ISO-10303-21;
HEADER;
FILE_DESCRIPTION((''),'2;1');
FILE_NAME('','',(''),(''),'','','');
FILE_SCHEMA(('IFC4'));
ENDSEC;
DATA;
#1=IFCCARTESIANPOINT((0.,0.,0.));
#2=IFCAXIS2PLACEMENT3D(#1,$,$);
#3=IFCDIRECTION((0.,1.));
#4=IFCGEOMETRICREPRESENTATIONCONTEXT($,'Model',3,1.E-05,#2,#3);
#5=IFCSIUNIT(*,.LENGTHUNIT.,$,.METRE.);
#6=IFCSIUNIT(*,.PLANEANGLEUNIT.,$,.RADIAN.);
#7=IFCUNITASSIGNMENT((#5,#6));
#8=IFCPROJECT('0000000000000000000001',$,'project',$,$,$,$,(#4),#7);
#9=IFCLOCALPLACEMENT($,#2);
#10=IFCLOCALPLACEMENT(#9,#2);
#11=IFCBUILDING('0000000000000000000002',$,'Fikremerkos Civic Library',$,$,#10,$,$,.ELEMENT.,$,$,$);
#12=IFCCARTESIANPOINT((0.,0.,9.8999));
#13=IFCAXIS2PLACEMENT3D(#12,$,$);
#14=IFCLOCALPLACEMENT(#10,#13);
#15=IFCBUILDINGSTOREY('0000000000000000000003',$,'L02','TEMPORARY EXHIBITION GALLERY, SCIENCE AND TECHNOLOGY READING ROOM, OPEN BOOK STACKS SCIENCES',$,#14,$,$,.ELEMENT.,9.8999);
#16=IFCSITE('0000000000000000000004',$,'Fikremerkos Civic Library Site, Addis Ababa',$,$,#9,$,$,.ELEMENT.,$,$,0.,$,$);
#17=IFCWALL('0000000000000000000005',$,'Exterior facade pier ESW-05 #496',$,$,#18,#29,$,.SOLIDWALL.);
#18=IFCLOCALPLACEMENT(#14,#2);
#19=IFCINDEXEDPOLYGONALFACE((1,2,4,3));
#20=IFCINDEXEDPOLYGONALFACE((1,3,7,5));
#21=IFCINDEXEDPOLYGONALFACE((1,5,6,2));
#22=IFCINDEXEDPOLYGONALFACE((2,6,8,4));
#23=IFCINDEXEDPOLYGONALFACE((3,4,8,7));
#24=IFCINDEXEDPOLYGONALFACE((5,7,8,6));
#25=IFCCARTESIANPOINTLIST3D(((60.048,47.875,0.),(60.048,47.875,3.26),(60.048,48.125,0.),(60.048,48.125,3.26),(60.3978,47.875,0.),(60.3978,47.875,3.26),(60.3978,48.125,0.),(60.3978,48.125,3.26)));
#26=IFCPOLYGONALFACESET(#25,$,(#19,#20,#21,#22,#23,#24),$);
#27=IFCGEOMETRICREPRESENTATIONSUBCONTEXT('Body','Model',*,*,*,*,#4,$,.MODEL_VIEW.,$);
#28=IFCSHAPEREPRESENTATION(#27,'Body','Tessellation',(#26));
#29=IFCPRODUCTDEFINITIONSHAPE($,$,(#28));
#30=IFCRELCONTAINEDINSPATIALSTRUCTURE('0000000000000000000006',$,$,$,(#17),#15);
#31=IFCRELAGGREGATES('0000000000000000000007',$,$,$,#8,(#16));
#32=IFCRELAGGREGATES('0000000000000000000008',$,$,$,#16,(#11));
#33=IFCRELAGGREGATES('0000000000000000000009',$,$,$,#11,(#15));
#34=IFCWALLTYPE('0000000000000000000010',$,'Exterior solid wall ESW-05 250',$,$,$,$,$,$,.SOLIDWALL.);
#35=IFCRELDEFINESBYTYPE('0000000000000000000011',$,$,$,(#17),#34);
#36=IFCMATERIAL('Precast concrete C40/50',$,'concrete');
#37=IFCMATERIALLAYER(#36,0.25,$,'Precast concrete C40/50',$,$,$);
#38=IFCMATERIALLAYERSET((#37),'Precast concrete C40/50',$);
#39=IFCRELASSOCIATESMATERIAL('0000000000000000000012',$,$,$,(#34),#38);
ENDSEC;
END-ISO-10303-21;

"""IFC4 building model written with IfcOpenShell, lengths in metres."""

from ifc_helpers import new_model, si_unit, direction, frame, frame_2d, origin, place, context, subcontext, project, spatial, rectangle, extrude, material, layer, layer_set, type_object, element, save


model = new_model("IFC4")

# Units and contexts
model_context = context("Model", 3, precision=1e-05, world=origin(), true_north=direction((0.0, 1.0)))
body_context = subcontext(model_context, "Body", "Model", "MODEL_VIEW")
ifc_project = project(units=[si_unit("LENGTHUNIT", "METRE"), si_unit("PLANEANGLEUNIT", "RADIAN")], contexts=[model_context])

# Site, building, storey
site_placement = place(None, origin())
site = spatial("IfcSite", under=ifc_project, at=site_placement, Name="Fikremerkos Civic Library Site, Addis Ababa", CompositionType="ELEMENT", RefElevation=0.0)
building_placement = place(site_placement, origin())
building = spatial("IfcBuilding", under=site, at=building_placement, Name="Fikremerkos Civic Library", CompositionType="ELEMENT")
storey_placement = place(building_placement, frame((0.0, 0.0, 9.8999)))
storey = spatial("IfcBuildingStorey", under=building, at=storey_placement, Name="L02", Description="TEMPORARY EXHIBITION GALLERY, SCIENCE AND TECHNOLOGY READING ROOM, OPEN BOOK STACKS SCIENCES", CompositionType="ELEMENT", Elevation=9.8999)

# Wall
ifc_material_1 = material(Name="Precast concrete C40/50", Category="concrete")
ifc_layer_1 = layer(ifc_material_1, 0.25, Name="Precast concrete C40/50")
ifc_layer_set_1 = layer_set([ifc_layer_1], Name="Precast concrete C40/50")
wall_type = type_object("IfcWallType", Name="Exterior solid wall ESW-05 250", PredefinedType="SOLIDWALL", material=ifc_layer_set_1)
wall_placement = place(storey_placement, frame((60.0481, 48.0, 0.0), z_axis=(0.0, 0.0, 1.0), x_axis=(1.0, 0.0, 0.0)))
element("IfcWall", 1, at=wall_placement, inside=storey, type_object=wall_type, Name="Exterior facade pier ESW-05 #496", PredefinedType="SOLIDWALL", context=body_context, shape_type="SweptSolid", body=[
    extrude(rectangle(XDim=0.3499, YDim=0.25, at=frame_2d((0.1748, 0.0))), origin(), (0.0, 0.0, 1.0), 3.26),
])

save(model, "model.ifc")
